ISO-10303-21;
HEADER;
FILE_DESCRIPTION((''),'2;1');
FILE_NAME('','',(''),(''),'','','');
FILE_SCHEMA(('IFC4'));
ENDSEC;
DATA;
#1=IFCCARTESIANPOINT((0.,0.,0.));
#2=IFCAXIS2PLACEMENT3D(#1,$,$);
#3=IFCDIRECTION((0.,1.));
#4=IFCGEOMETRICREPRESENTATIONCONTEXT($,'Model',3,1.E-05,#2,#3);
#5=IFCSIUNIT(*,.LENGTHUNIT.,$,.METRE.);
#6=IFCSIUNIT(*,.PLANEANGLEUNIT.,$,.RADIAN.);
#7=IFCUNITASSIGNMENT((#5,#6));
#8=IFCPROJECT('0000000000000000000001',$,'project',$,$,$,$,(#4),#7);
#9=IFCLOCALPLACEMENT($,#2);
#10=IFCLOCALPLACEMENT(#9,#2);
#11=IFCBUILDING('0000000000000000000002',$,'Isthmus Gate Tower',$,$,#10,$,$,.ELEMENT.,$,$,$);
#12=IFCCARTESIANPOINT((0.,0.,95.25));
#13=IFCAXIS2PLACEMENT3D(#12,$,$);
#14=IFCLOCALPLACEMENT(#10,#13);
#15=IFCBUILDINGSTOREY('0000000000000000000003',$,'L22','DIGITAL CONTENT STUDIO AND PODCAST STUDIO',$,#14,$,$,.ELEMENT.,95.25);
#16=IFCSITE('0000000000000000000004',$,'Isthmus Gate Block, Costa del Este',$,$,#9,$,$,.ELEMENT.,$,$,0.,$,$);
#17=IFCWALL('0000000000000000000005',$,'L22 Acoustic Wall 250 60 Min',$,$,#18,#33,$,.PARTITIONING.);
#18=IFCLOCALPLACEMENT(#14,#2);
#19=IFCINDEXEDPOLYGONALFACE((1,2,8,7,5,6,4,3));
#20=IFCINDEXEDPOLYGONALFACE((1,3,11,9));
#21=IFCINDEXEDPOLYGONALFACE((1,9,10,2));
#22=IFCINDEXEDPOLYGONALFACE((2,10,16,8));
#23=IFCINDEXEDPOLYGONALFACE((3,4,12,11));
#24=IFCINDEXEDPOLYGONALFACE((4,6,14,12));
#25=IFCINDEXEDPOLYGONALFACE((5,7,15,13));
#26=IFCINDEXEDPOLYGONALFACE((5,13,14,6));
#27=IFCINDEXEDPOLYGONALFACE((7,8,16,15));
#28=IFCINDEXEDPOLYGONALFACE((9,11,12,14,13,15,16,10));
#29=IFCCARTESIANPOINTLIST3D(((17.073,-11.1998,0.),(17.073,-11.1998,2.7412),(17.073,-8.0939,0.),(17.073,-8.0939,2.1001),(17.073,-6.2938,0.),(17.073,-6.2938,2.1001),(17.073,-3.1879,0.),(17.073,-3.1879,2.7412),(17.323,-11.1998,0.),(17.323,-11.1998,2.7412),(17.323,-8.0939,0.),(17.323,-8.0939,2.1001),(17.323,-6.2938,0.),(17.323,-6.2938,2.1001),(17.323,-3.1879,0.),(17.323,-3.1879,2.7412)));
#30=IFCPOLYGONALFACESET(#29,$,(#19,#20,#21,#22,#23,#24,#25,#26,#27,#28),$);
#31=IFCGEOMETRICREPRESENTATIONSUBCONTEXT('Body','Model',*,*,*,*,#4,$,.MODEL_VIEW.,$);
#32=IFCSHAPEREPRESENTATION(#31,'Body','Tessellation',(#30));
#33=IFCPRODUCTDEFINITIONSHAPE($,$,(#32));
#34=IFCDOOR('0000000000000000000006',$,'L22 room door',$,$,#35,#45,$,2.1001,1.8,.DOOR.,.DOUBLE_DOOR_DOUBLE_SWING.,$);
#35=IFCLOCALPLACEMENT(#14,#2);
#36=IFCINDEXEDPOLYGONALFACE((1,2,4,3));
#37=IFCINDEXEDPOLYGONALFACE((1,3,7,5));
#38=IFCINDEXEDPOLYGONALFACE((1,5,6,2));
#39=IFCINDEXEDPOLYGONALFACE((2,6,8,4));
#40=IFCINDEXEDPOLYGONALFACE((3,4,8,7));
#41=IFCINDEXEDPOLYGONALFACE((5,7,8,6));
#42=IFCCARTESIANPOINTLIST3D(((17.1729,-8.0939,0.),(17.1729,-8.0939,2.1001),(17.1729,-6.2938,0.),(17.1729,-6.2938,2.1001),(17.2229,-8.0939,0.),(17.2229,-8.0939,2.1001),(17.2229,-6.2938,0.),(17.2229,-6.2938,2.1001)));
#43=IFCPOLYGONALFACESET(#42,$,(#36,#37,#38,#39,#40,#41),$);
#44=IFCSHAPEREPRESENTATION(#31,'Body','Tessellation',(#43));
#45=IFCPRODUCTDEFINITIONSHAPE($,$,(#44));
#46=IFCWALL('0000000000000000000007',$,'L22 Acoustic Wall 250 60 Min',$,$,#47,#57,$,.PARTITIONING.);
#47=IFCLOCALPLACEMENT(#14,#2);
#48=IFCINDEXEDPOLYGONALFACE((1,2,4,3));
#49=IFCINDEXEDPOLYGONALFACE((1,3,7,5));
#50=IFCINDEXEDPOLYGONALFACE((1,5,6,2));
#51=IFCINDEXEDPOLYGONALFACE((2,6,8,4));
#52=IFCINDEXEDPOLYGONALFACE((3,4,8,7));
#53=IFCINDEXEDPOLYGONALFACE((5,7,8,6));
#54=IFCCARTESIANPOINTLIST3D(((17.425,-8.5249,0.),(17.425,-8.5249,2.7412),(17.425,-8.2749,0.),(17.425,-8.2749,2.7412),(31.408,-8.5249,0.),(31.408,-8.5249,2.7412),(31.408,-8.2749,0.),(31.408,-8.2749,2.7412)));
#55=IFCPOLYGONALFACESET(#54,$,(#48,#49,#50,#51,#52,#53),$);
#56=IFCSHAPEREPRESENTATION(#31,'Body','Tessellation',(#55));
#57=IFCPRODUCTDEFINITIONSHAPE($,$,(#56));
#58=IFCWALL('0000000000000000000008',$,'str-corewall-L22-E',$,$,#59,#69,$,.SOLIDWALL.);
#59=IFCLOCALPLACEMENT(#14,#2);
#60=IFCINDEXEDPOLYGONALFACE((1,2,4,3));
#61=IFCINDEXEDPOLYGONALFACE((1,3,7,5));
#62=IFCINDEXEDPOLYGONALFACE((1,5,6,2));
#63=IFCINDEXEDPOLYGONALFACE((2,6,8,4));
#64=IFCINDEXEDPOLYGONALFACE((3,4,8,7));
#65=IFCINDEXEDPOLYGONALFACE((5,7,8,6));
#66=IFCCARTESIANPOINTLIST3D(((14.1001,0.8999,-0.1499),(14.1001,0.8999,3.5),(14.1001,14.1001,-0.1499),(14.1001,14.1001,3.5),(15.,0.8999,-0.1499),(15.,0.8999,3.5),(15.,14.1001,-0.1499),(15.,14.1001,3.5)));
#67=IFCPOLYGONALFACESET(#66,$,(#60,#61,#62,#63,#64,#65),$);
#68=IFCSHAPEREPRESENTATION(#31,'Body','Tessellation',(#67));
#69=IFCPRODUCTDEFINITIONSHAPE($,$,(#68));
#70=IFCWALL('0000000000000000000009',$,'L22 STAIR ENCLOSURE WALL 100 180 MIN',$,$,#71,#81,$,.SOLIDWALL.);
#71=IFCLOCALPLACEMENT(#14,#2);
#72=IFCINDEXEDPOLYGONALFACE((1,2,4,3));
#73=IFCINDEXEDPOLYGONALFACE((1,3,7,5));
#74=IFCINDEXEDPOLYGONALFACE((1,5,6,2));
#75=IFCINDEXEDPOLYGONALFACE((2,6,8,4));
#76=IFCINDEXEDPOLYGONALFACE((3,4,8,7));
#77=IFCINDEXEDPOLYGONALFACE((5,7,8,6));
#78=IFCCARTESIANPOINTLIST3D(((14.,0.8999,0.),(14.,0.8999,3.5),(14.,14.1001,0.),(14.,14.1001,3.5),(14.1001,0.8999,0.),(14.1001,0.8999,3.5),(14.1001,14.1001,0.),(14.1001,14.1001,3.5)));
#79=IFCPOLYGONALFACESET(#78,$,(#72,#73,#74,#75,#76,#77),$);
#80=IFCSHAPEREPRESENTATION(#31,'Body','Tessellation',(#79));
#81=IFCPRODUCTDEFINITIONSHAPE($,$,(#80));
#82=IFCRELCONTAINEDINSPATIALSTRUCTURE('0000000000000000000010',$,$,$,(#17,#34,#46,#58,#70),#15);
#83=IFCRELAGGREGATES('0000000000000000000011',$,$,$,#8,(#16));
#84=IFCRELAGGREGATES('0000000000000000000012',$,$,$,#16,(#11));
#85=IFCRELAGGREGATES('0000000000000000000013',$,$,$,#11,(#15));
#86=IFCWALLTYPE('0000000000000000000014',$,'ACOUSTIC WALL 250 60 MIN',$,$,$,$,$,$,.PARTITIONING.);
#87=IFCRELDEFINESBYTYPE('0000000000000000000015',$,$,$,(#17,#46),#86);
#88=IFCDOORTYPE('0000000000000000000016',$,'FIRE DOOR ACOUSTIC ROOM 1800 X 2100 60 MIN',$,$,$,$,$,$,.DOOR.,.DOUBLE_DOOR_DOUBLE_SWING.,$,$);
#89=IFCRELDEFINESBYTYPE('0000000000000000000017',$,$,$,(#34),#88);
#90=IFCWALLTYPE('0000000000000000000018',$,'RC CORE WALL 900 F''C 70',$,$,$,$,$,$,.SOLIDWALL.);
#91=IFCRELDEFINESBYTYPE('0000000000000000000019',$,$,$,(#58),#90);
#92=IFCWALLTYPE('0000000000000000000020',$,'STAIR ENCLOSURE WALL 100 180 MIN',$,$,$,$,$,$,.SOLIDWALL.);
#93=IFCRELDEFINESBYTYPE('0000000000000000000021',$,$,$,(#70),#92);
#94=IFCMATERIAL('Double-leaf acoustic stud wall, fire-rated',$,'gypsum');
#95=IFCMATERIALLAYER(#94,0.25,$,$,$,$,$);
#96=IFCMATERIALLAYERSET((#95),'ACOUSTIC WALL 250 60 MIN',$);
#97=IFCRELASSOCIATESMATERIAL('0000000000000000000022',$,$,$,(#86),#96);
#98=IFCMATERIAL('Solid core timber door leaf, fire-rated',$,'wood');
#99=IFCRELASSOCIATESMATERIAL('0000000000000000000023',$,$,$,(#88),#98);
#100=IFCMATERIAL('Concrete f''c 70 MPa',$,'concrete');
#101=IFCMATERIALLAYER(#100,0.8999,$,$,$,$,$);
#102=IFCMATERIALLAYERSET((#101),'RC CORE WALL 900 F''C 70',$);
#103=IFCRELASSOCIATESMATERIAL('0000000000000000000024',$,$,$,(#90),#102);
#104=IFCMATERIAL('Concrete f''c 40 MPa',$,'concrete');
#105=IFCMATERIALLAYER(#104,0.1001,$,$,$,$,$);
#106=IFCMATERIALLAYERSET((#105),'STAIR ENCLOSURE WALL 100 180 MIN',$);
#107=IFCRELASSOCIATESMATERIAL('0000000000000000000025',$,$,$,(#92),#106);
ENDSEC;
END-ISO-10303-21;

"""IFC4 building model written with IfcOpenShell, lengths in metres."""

from ifc_helpers import new_model, si_unit, direction, frame, frame_2d, origin, place, context, subcontext, project, spatial, rectangle, extrude, material, layer, layer_set, type_object, element, fill, save


model = new_model("IFC4")

# Units and contexts
model_context = context("Model", 3, precision=1e-05, world=origin(), true_north=direction((0.0, 1.0)))
body_context = subcontext(model_context, "Body", "Model", "MODEL_VIEW")
ifc_project = project(units=[si_unit("LENGTHUNIT", "METRE"), si_unit("PLANEANGLEUNIT", "RADIAN")], contexts=[model_context])

# Site, building, storey
site_placement = place(None, origin())
site = spatial("IfcSite", under=ifc_project, at=site_placement, Name="Isthmus Gate Block, Costa del Este", CompositionType="ELEMENT", RefElevation=0.0)
building_placement = place(site_placement, origin())
building = spatial("IfcBuilding", under=site, at=building_placement, Name="Isthmus Gate Tower", CompositionType="ELEMENT")
storey_placement = place(building_placement, frame((0.0, 0.0, 95.25)))
storey = spatial("IfcBuildingStorey", under=building, at=storey_placement, Name="L22", Description="DIGITAL CONTENT STUDIO AND PODCAST STUDIO", CompositionType="ELEMENT", Elevation=95.25)

# Wall, opening, door
ifc_material_1 = material(Name="Double-leaf acoustic stud wall, fire-rated", Category="gypsum")
ifc_layer_1 = layer(ifc_material_1, 0.25)
ifc_layer_set_1 = layer_set([ifc_layer_1], Name="ACOUSTIC WALL 250 60 MIN")
wall_type_1 = type_object("IfcWallType", Name="ACOUSTIC WALL 250 60 MIN", PredefinedType="PARTITIONING", material=ifc_layer_set_1)
ifc_material_2 = material(Name="Solid core timber door leaf, fire-rated", Category="wood")
door_type = type_object("IfcDoorType", Name="FIRE DOOR ACOUSTIC ROOM 1800 X 2100 60 MIN", OperationType="DOUBLE_DOOR_DOUBLE_SWING", PredefinedType="DOOR", material=ifc_material_2)
wall_1_placement = place(storey_placement, frame((17.198, -3.188, 0.0), z_axis=(0.0, 0.0, 1.0), x_axis=(0.0, -1.0, 0.0)))
wall_1 = element("IfcWall", 1, at=wall_1_placement, inside=storey, type_object=wall_type_1, Name="L22 Acoustic Wall 250 60 Min", PredefinedType="PARTITIONING", context=body_context, shape_type="SweptSolid", body=[
    extrude(rectangle(XDim=8.012, YDim=0.25, at=frame_2d((4.0059, 0.0))), origin(), (0.0, 0.0, 1.0), 2.7412),
])
opening_1_placement = place(wall_1_placement, frame((3.106, 0.0, 0.0)))
opening_1 = element("IfcOpeningElement", 2, at=opening_1_placement, cuts=wall_1, PredefinedType="OPENING", context=body_context, shape_type="SweptSolid", body=[
    extrude(rectangle(XDim=1.8, YDim=2.1001, at=frame_2d((0.8999, 1.05))), frame((0.0, 0.135, 0.0), z_axis=(0.0, -1.0, 0.0), x_axis=(1.0, 0.0, 0.0)), (0.0, 0.0, 1.0), 0.27),
])
door_1_placement = place(opening_1_placement, origin())
door_1 = element("IfcDoor", 3, at=door_1_placement, inside=storey, type_object=door_type, Name="L22 room door", OperationType="DOUBLE_DOOR_DOUBLE_SWING", OverallHeight=2.1001, OverallWidth=1.8, PredefinedType="DOOR", context=body_context, shape_type="SweptSolid", body=[
    extrude(rectangle(XDim=1.8, YDim=2.1001, at=frame_2d((0.8999, 1.05))), frame((0.0, 0.0249, 0.0), z_axis=(0.0, -1.0, 0.0), x_axis=(1.0, 0.0, 0.0)), (0.0, 0.0, 1.0), 0.05),
])
fill(opening_1, door_1)

# Walls
wall_2_placement = place(storey_placement, frame((17.425, -8.3999, 0.0), z_axis=(0.0, 0.0, 1.0), x_axis=(1.0, 0.0, 0.0)))
element("IfcWall", 4, at=wall_2_placement, inside=storey, type_object=wall_type_1, Name="L22 Acoustic Wall 250 60 Min", PredefinedType="PARTITIONING", context=body_context, shape_type="SweptSolid", body=[
    extrude(rectangle(XDim=13.9829, YDim=0.25, at=frame_2d((6.9915, 0.0))), origin(), (0.0, 0.0, 1.0), 2.7412),
])
ifc_material_3 = material(Name="Concrete f'c 70 MPa", Category="concrete")
ifc_layer_2 = layer(ifc_material_3, 0.8999)
ifc_layer_set_2 = layer_set([ifc_layer_2], Name="RC CORE WALL 900 F'C 70")
wall_type_2 = type_object("IfcWallType", Name="RC CORE WALL 900 F'C 70", PredefinedType="SOLIDWALL", material=ifc_layer_set_2)
wall_3_placement = place(storey_placement, frame((14.55, 0.8999, -0.1499), z_axis=(0.0, 0.0, 1.0), x_axis=(0.0, 1.0, 0.0)))
element("IfcWall", 5, at=wall_3_placement, inside=storey, type_object=wall_type_2, Name="str-corewall-L22-E", PredefinedType="SOLIDWALL", context=body_context, shape_type="SweptSolid", body=[
    extrude(rectangle(XDim=13.2002, YDim=0.8999, at=frame_2d((6.6001, 0.0))), origin(), (0.0, 0.0, 1.0), 3.6499),
])
ifc_material_4 = material(Name="Concrete f'c 40 MPa", Category="concrete")
ifc_layer_3 = layer(ifc_material_4, 0.1001)
ifc_layer_set_3 = layer_set([ifc_layer_3], Name="STAIR ENCLOSURE WALL 100 180 MIN")
wall_type_3 = type_object("IfcWallType", Name="STAIR ENCLOSURE WALL 100 180 MIN", PredefinedType="SOLIDWALL", material=ifc_layer_set_3)
wall_4_placement = place(storey_placement, frame((14.05, 0.8999, 0.0), z_axis=(0.0, 0.0, 1.0), x_axis=(0.0, 1.0, 0.0)))
element("IfcWall", 6, at=wall_4_placement, inside=storey, type_object=wall_type_3, Name="L22 STAIR ENCLOSURE WALL 100 180 MIN", PredefinedType="SOLIDWALL", context=body_context, shape_type="SweptSolid", body=[
    extrude(rectangle(XDim=13.2002, YDim=0.1001, at=frame_2d((6.6001, 0.0))), origin(), (0.0, 0.0, 1.0), 3.5),
])

save(model, "model.ifc")
